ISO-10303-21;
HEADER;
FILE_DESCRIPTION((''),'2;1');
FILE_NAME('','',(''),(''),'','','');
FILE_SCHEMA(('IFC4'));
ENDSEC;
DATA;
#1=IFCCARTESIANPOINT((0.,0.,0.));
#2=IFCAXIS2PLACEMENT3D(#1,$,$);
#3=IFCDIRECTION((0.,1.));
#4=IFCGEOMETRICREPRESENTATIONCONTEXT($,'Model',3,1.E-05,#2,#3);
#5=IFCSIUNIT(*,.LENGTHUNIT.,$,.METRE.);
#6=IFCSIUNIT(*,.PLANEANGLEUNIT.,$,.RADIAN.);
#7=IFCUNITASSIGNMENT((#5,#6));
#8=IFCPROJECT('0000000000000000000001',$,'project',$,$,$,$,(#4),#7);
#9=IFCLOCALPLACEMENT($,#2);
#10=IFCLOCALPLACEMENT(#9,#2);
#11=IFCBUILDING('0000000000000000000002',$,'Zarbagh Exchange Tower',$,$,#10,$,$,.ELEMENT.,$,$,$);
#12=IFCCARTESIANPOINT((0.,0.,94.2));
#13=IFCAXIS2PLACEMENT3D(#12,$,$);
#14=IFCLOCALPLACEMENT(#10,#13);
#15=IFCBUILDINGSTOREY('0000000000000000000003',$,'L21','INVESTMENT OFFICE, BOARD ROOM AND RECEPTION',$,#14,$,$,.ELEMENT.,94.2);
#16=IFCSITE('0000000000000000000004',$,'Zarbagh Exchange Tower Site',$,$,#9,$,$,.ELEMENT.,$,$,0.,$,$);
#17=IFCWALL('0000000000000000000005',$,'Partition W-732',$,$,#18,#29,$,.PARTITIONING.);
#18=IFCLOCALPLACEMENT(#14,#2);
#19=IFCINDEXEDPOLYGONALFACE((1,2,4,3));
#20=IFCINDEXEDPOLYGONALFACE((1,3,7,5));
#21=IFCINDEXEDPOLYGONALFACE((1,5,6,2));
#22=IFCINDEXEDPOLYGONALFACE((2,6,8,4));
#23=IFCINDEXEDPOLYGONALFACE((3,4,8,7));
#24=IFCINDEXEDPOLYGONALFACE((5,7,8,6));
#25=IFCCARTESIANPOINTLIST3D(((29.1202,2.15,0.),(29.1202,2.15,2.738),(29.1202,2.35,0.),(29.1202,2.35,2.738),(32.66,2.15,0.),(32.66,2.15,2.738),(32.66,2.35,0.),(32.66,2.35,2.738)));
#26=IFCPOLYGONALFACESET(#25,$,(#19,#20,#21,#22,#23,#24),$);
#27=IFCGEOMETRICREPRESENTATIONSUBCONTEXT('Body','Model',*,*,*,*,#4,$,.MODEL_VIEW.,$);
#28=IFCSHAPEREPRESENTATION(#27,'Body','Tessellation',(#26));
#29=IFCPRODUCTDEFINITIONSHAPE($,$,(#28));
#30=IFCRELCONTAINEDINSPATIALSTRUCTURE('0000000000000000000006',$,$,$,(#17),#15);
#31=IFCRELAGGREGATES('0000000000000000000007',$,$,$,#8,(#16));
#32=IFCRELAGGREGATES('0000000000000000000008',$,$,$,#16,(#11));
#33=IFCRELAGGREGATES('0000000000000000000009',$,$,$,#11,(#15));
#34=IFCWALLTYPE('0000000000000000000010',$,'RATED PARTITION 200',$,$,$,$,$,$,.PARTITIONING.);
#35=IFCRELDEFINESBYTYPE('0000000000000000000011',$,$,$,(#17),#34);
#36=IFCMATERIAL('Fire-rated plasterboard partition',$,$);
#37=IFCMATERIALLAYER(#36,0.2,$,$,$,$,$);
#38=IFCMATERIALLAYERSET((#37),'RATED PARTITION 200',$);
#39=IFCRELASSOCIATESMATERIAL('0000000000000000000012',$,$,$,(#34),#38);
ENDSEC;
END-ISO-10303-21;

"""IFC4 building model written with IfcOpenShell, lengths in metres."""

from ifc_helpers import new_model, si_unit, direction, frame, frame_2d, origin, place, context, subcontext, project, spatial, rectangle, extrude, material, layer, layer_set, type_object, element, save


model = new_model("IFC4")

# Units and contexts
model_context = context("Model", 3, precision=1e-05, world=origin(), true_north=direction((0.0, 1.0)))
body_context = subcontext(model_context, "Body", "Model", "MODEL_VIEW")
ifc_project = project(units=[si_unit("LENGTHUNIT", "METRE"), si_unit("PLANEANGLEUNIT", "RADIAN")], contexts=[model_context])

# Site, building, storey
site_placement = place(None, origin())
site = spatial("IfcSite", under=ifc_project, at=site_placement, Name="Zarbagh Exchange Tower Site", CompositionType="ELEMENT", RefElevation=0.0)
building_placement = place(site_placement, origin())
building = spatial("IfcBuilding", under=site, at=building_placement, Name="Zarbagh Exchange Tower", CompositionType="ELEMENT")
storey_placement = place(building_placement, frame((0.0, 0.0, 94.2)))
storey = spatial("IfcBuildingStorey", under=building, at=storey_placement, Name="L21", Description="INVESTMENT OFFICE, BOARD ROOM AND RECEPTION", CompositionType="ELEMENT", Elevation=94.2)

# Shared definitions
ifc_material_1 = material(Name="Fire-rated plasterboard partition")
ifc_layer = layer(ifc_material_1, 0.2)
ifc_layer_set = layer_set([ifc_layer], Name="RATED PARTITION 200")
wall_type = type_object("IfcWallType", Name="RATED PARTITION 200", PredefinedType="PARTITIONING", material=ifc_layer_set)

# Wall
wall_1_placement = place(storey_placement, frame((29.1201, 2.25, 0.0), z_axis=(0.0, 0.0, 1.0), x_axis=(1.0, 0.0, 0.0)))
element("IfcWall", 1, at=wall_1_placement, inside=storey, type_object=wall_type, Name="Partition W-732", PredefinedType="PARTITIONING", context=body_context, shape_type="SweptSolid", body=[
    extrude(rectangle(XDim=3.5398, YDim=0.2, at=frame_2d((1.77, 0.0))), origin(), (0.0, 0.0, 1.0), 2.738),
])

save(model, "model.ifc")
